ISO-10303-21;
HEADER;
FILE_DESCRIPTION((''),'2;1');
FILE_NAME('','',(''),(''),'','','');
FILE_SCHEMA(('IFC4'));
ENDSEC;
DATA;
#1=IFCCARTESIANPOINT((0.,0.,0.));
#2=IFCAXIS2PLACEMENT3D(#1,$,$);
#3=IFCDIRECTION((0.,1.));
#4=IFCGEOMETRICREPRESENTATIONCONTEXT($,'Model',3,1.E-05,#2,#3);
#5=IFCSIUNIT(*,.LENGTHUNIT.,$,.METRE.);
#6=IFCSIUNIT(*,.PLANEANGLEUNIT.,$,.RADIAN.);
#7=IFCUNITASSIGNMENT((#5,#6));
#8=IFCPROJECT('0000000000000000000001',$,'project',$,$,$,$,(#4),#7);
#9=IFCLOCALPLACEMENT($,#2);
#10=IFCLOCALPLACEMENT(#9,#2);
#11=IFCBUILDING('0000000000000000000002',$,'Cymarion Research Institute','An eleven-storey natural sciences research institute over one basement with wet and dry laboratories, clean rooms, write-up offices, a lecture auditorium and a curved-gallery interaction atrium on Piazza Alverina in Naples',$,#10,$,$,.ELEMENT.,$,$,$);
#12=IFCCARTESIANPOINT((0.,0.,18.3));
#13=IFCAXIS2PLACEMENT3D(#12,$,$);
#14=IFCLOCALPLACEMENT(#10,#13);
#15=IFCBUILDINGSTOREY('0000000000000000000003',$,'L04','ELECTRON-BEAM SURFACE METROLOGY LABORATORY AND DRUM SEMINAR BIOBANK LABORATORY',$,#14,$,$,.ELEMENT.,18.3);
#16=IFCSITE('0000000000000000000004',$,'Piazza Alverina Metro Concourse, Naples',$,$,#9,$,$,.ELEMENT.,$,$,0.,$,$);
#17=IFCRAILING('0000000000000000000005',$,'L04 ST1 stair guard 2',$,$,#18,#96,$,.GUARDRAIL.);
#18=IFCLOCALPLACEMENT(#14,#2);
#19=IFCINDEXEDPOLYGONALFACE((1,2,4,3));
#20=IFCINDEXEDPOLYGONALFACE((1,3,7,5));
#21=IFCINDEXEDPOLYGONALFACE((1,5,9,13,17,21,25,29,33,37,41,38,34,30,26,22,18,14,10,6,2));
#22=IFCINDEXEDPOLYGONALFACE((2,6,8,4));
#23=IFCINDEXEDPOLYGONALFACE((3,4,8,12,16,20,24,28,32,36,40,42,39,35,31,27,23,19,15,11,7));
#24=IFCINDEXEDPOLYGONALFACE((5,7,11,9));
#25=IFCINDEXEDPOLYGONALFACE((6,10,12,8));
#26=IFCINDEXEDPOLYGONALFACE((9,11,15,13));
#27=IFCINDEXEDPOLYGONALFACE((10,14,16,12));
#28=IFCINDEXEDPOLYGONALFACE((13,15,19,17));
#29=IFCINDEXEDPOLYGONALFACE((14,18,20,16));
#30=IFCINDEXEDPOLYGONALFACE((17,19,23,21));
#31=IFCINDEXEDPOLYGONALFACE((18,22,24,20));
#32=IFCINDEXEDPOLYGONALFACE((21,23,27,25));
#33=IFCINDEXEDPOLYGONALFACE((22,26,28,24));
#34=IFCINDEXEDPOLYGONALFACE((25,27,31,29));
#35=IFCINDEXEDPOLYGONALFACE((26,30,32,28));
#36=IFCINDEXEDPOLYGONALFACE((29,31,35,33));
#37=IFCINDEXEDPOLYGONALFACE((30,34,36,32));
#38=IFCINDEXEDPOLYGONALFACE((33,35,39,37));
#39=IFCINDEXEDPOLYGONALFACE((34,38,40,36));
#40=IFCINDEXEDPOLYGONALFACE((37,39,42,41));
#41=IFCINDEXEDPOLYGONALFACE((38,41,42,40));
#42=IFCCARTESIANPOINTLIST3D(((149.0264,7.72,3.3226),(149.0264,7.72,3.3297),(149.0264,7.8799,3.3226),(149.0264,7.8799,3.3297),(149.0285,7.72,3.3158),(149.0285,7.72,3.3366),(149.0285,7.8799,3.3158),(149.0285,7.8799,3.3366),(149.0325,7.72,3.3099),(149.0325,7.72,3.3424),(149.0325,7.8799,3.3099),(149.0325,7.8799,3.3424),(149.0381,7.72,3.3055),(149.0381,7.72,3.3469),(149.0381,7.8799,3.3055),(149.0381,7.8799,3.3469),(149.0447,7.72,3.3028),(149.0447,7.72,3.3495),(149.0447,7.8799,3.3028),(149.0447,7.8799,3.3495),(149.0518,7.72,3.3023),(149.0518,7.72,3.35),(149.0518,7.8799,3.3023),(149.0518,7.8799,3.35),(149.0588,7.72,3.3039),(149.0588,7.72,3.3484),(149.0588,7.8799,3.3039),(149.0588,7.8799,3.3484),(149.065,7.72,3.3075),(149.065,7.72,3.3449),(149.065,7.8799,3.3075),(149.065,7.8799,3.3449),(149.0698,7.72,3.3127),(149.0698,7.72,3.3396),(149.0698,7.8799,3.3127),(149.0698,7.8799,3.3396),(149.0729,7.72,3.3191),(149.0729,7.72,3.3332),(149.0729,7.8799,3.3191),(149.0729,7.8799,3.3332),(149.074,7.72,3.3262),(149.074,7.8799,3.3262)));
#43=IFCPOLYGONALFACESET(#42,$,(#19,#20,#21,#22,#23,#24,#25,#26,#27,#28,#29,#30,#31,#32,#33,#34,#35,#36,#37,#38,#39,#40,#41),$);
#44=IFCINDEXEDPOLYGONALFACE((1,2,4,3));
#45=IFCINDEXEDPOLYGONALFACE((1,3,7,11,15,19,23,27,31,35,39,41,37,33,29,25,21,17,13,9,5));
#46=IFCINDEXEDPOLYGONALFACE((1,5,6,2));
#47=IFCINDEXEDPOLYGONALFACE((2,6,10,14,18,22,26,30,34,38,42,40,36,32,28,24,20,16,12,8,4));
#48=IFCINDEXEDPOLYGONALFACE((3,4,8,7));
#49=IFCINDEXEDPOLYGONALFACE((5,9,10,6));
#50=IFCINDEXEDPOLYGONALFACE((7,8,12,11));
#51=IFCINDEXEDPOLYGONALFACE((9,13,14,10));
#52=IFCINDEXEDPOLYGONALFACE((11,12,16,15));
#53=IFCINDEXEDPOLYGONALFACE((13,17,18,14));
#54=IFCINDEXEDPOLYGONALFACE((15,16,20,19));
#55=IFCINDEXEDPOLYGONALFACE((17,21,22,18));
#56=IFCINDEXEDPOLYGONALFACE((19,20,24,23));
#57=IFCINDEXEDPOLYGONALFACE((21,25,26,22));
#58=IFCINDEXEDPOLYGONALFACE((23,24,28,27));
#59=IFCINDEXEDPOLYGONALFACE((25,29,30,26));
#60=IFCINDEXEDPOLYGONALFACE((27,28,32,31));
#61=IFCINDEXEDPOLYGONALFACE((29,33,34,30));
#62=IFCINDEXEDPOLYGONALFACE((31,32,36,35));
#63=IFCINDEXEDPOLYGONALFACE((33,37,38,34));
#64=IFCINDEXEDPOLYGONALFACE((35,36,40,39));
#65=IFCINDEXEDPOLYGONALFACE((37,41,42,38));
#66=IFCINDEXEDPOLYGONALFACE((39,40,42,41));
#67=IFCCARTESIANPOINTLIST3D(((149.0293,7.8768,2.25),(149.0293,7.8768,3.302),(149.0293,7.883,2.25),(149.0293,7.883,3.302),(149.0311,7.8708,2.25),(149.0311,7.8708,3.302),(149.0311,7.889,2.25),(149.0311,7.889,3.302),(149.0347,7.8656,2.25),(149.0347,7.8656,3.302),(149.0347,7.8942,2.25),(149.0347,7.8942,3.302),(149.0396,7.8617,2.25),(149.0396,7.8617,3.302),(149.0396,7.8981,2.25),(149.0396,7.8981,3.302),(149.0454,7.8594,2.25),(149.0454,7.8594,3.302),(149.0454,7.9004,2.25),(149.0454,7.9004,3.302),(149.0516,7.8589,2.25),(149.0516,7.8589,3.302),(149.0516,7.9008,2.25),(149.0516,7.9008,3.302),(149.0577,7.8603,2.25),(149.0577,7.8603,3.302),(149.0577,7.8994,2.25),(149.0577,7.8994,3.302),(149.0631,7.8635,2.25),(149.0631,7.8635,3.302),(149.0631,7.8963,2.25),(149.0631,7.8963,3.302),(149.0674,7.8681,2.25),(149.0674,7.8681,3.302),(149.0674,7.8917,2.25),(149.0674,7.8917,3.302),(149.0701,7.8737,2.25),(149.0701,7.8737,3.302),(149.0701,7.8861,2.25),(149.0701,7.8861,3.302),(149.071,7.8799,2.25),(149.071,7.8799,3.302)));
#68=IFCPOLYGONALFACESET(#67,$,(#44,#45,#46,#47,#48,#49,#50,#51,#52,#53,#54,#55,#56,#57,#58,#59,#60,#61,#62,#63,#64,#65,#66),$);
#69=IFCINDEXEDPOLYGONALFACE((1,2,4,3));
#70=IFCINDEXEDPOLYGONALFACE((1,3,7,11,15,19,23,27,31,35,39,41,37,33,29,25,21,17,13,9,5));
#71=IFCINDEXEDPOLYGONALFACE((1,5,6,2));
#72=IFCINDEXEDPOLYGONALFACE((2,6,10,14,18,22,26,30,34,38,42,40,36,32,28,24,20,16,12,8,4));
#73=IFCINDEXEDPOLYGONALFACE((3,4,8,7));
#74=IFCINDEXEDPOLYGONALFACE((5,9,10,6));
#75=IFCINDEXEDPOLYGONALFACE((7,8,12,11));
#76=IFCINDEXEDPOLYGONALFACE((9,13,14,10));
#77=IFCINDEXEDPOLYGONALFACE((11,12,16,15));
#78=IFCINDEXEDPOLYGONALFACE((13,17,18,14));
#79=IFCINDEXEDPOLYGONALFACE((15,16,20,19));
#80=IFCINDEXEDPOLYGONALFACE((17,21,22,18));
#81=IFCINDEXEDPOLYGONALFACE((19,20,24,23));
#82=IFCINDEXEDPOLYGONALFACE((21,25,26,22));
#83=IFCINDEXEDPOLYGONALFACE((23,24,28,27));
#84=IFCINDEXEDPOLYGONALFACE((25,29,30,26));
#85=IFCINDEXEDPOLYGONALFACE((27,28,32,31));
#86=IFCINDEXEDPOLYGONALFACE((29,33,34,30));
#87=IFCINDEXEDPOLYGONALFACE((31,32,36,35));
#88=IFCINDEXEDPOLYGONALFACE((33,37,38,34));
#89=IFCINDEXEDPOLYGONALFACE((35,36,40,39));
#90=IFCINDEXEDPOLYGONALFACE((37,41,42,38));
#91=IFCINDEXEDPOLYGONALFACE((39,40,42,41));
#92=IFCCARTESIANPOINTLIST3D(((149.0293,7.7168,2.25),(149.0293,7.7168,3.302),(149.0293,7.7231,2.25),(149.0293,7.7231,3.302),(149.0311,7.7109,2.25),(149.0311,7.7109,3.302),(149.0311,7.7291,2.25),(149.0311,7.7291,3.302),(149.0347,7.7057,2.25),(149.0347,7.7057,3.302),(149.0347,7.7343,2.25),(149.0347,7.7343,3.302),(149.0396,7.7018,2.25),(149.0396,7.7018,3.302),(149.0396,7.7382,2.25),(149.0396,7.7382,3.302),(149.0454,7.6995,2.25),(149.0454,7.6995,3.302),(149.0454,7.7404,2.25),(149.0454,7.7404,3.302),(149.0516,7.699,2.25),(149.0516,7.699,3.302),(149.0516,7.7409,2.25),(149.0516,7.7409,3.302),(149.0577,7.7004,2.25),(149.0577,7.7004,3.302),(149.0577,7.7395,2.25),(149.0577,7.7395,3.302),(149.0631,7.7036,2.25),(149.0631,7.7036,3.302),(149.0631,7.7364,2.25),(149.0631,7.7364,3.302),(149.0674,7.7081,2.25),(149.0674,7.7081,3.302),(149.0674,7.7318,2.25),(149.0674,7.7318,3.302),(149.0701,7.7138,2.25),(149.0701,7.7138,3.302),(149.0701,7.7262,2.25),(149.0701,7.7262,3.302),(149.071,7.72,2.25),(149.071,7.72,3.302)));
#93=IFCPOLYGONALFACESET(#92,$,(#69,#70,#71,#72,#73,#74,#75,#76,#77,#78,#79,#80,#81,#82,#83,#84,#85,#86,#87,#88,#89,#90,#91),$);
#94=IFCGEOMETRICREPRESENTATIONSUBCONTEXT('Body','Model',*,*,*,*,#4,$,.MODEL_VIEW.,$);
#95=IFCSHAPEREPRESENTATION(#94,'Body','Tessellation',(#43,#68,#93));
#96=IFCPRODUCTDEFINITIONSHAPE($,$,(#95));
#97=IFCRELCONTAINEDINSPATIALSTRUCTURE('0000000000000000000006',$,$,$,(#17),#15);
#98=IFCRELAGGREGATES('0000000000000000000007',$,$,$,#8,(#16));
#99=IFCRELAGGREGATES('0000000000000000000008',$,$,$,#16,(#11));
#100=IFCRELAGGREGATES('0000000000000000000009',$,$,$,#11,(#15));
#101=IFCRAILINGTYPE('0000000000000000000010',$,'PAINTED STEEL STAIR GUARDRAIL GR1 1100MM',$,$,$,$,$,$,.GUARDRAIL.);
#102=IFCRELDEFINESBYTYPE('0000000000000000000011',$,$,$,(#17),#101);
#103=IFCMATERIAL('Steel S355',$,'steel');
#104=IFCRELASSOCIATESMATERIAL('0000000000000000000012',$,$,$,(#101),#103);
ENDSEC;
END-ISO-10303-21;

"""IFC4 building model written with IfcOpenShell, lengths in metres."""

from ifc_helpers import new_model, si_unit, direction, frame, origin, origin_2d, place, context, subcontext, project, spatial, circle, extrude, material, type_object, element, save


model = new_model("IFC4")

# Units and contexts
model_context = context("Model", 3, precision=1e-05, world=origin(), true_north=direction((0.0, 1.0)))
body_context = subcontext(model_context, "Body", "Model", "MODEL_VIEW")
ifc_project = project(units=[si_unit("LENGTHUNIT", "METRE"), si_unit("PLANEANGLEUNIT", "RADIAN")], contexts=[model_context])

# Site, building, storey
site_placement = place(None, origin())
site = spatial("IfcSite", under=ifc_project, at=site_placement, Name="Piazza Alverina Metro Concourse, Naples", CompositionType="ELEMENT", RefElevation=0.0)
building_placement = place(site_placement, origin())
building = spatial("IfcBuilding", under=site, at=building_placement, Name="Cymarion Research Institute", Description="An eleven-storey natural sciences research institute over one basement with wet and dry laboratories, clean rooms, write-up offices, a lecture auditorium and a curved-gallery interaction atrium on Piazza Alverina in Naples", CompositionType="ELEMENT")
storey_placement = place(building_placement, frame((0.0, 0.0, 18.3)))
storey = spatial("IfcBuildingStorey", under=building, at=storey_placement, Name="L04", Description="ELECTRON-BEAM SURFACE METROLOGY LABORATORY AND DRUM SEMINAR BIOBANK LABORATORY", CompositionType="ELEMENT", Elevation=18.3)

# Shared definitions
ifc_material_1 = material(Name="Steel S355", Category="steel")

# Railing
railing_type_1 = type_object("IfcRailingType", Name="PAINTED STEEL STAIR GUARDRAIL GR1 1100MM", PredefinedType="GUARDRAIL", material=ifc_material_1)
railing_1_placement = place(storey_placement, frame((149.05, 7.8799, 2.25)))
element("IfcRailing", 1, at=railing_1_placement, inside=storey, type_object=railing_type_1, Name="L04 ST1 stair guard 2", PredefinedType="GUARDRAIL", context=body_context, shape_type="SweptSolid", body=[
    extrude(circle(Radius=0.0239, at=origin_2d()), frame((0.0, 0.0, 1.0762), z_axis=(0.0, -1.0, 0.0), x_axis=(1.0, 0.0, 0.0)), (0.0, 0.0, 1.0), 0.1599),
    extrude(circle(Radius=0.021, at=origin_2d()), origin(), (0.0, 0.0, 1.0), 1.052),
    extrude(circle(Radius=0.021, at=origin_2d()), frame((0.0, -0.1599, 0.0)), (0.0, 0.0, 1.0), 1.052),
])

save(model, "model.ifc")
